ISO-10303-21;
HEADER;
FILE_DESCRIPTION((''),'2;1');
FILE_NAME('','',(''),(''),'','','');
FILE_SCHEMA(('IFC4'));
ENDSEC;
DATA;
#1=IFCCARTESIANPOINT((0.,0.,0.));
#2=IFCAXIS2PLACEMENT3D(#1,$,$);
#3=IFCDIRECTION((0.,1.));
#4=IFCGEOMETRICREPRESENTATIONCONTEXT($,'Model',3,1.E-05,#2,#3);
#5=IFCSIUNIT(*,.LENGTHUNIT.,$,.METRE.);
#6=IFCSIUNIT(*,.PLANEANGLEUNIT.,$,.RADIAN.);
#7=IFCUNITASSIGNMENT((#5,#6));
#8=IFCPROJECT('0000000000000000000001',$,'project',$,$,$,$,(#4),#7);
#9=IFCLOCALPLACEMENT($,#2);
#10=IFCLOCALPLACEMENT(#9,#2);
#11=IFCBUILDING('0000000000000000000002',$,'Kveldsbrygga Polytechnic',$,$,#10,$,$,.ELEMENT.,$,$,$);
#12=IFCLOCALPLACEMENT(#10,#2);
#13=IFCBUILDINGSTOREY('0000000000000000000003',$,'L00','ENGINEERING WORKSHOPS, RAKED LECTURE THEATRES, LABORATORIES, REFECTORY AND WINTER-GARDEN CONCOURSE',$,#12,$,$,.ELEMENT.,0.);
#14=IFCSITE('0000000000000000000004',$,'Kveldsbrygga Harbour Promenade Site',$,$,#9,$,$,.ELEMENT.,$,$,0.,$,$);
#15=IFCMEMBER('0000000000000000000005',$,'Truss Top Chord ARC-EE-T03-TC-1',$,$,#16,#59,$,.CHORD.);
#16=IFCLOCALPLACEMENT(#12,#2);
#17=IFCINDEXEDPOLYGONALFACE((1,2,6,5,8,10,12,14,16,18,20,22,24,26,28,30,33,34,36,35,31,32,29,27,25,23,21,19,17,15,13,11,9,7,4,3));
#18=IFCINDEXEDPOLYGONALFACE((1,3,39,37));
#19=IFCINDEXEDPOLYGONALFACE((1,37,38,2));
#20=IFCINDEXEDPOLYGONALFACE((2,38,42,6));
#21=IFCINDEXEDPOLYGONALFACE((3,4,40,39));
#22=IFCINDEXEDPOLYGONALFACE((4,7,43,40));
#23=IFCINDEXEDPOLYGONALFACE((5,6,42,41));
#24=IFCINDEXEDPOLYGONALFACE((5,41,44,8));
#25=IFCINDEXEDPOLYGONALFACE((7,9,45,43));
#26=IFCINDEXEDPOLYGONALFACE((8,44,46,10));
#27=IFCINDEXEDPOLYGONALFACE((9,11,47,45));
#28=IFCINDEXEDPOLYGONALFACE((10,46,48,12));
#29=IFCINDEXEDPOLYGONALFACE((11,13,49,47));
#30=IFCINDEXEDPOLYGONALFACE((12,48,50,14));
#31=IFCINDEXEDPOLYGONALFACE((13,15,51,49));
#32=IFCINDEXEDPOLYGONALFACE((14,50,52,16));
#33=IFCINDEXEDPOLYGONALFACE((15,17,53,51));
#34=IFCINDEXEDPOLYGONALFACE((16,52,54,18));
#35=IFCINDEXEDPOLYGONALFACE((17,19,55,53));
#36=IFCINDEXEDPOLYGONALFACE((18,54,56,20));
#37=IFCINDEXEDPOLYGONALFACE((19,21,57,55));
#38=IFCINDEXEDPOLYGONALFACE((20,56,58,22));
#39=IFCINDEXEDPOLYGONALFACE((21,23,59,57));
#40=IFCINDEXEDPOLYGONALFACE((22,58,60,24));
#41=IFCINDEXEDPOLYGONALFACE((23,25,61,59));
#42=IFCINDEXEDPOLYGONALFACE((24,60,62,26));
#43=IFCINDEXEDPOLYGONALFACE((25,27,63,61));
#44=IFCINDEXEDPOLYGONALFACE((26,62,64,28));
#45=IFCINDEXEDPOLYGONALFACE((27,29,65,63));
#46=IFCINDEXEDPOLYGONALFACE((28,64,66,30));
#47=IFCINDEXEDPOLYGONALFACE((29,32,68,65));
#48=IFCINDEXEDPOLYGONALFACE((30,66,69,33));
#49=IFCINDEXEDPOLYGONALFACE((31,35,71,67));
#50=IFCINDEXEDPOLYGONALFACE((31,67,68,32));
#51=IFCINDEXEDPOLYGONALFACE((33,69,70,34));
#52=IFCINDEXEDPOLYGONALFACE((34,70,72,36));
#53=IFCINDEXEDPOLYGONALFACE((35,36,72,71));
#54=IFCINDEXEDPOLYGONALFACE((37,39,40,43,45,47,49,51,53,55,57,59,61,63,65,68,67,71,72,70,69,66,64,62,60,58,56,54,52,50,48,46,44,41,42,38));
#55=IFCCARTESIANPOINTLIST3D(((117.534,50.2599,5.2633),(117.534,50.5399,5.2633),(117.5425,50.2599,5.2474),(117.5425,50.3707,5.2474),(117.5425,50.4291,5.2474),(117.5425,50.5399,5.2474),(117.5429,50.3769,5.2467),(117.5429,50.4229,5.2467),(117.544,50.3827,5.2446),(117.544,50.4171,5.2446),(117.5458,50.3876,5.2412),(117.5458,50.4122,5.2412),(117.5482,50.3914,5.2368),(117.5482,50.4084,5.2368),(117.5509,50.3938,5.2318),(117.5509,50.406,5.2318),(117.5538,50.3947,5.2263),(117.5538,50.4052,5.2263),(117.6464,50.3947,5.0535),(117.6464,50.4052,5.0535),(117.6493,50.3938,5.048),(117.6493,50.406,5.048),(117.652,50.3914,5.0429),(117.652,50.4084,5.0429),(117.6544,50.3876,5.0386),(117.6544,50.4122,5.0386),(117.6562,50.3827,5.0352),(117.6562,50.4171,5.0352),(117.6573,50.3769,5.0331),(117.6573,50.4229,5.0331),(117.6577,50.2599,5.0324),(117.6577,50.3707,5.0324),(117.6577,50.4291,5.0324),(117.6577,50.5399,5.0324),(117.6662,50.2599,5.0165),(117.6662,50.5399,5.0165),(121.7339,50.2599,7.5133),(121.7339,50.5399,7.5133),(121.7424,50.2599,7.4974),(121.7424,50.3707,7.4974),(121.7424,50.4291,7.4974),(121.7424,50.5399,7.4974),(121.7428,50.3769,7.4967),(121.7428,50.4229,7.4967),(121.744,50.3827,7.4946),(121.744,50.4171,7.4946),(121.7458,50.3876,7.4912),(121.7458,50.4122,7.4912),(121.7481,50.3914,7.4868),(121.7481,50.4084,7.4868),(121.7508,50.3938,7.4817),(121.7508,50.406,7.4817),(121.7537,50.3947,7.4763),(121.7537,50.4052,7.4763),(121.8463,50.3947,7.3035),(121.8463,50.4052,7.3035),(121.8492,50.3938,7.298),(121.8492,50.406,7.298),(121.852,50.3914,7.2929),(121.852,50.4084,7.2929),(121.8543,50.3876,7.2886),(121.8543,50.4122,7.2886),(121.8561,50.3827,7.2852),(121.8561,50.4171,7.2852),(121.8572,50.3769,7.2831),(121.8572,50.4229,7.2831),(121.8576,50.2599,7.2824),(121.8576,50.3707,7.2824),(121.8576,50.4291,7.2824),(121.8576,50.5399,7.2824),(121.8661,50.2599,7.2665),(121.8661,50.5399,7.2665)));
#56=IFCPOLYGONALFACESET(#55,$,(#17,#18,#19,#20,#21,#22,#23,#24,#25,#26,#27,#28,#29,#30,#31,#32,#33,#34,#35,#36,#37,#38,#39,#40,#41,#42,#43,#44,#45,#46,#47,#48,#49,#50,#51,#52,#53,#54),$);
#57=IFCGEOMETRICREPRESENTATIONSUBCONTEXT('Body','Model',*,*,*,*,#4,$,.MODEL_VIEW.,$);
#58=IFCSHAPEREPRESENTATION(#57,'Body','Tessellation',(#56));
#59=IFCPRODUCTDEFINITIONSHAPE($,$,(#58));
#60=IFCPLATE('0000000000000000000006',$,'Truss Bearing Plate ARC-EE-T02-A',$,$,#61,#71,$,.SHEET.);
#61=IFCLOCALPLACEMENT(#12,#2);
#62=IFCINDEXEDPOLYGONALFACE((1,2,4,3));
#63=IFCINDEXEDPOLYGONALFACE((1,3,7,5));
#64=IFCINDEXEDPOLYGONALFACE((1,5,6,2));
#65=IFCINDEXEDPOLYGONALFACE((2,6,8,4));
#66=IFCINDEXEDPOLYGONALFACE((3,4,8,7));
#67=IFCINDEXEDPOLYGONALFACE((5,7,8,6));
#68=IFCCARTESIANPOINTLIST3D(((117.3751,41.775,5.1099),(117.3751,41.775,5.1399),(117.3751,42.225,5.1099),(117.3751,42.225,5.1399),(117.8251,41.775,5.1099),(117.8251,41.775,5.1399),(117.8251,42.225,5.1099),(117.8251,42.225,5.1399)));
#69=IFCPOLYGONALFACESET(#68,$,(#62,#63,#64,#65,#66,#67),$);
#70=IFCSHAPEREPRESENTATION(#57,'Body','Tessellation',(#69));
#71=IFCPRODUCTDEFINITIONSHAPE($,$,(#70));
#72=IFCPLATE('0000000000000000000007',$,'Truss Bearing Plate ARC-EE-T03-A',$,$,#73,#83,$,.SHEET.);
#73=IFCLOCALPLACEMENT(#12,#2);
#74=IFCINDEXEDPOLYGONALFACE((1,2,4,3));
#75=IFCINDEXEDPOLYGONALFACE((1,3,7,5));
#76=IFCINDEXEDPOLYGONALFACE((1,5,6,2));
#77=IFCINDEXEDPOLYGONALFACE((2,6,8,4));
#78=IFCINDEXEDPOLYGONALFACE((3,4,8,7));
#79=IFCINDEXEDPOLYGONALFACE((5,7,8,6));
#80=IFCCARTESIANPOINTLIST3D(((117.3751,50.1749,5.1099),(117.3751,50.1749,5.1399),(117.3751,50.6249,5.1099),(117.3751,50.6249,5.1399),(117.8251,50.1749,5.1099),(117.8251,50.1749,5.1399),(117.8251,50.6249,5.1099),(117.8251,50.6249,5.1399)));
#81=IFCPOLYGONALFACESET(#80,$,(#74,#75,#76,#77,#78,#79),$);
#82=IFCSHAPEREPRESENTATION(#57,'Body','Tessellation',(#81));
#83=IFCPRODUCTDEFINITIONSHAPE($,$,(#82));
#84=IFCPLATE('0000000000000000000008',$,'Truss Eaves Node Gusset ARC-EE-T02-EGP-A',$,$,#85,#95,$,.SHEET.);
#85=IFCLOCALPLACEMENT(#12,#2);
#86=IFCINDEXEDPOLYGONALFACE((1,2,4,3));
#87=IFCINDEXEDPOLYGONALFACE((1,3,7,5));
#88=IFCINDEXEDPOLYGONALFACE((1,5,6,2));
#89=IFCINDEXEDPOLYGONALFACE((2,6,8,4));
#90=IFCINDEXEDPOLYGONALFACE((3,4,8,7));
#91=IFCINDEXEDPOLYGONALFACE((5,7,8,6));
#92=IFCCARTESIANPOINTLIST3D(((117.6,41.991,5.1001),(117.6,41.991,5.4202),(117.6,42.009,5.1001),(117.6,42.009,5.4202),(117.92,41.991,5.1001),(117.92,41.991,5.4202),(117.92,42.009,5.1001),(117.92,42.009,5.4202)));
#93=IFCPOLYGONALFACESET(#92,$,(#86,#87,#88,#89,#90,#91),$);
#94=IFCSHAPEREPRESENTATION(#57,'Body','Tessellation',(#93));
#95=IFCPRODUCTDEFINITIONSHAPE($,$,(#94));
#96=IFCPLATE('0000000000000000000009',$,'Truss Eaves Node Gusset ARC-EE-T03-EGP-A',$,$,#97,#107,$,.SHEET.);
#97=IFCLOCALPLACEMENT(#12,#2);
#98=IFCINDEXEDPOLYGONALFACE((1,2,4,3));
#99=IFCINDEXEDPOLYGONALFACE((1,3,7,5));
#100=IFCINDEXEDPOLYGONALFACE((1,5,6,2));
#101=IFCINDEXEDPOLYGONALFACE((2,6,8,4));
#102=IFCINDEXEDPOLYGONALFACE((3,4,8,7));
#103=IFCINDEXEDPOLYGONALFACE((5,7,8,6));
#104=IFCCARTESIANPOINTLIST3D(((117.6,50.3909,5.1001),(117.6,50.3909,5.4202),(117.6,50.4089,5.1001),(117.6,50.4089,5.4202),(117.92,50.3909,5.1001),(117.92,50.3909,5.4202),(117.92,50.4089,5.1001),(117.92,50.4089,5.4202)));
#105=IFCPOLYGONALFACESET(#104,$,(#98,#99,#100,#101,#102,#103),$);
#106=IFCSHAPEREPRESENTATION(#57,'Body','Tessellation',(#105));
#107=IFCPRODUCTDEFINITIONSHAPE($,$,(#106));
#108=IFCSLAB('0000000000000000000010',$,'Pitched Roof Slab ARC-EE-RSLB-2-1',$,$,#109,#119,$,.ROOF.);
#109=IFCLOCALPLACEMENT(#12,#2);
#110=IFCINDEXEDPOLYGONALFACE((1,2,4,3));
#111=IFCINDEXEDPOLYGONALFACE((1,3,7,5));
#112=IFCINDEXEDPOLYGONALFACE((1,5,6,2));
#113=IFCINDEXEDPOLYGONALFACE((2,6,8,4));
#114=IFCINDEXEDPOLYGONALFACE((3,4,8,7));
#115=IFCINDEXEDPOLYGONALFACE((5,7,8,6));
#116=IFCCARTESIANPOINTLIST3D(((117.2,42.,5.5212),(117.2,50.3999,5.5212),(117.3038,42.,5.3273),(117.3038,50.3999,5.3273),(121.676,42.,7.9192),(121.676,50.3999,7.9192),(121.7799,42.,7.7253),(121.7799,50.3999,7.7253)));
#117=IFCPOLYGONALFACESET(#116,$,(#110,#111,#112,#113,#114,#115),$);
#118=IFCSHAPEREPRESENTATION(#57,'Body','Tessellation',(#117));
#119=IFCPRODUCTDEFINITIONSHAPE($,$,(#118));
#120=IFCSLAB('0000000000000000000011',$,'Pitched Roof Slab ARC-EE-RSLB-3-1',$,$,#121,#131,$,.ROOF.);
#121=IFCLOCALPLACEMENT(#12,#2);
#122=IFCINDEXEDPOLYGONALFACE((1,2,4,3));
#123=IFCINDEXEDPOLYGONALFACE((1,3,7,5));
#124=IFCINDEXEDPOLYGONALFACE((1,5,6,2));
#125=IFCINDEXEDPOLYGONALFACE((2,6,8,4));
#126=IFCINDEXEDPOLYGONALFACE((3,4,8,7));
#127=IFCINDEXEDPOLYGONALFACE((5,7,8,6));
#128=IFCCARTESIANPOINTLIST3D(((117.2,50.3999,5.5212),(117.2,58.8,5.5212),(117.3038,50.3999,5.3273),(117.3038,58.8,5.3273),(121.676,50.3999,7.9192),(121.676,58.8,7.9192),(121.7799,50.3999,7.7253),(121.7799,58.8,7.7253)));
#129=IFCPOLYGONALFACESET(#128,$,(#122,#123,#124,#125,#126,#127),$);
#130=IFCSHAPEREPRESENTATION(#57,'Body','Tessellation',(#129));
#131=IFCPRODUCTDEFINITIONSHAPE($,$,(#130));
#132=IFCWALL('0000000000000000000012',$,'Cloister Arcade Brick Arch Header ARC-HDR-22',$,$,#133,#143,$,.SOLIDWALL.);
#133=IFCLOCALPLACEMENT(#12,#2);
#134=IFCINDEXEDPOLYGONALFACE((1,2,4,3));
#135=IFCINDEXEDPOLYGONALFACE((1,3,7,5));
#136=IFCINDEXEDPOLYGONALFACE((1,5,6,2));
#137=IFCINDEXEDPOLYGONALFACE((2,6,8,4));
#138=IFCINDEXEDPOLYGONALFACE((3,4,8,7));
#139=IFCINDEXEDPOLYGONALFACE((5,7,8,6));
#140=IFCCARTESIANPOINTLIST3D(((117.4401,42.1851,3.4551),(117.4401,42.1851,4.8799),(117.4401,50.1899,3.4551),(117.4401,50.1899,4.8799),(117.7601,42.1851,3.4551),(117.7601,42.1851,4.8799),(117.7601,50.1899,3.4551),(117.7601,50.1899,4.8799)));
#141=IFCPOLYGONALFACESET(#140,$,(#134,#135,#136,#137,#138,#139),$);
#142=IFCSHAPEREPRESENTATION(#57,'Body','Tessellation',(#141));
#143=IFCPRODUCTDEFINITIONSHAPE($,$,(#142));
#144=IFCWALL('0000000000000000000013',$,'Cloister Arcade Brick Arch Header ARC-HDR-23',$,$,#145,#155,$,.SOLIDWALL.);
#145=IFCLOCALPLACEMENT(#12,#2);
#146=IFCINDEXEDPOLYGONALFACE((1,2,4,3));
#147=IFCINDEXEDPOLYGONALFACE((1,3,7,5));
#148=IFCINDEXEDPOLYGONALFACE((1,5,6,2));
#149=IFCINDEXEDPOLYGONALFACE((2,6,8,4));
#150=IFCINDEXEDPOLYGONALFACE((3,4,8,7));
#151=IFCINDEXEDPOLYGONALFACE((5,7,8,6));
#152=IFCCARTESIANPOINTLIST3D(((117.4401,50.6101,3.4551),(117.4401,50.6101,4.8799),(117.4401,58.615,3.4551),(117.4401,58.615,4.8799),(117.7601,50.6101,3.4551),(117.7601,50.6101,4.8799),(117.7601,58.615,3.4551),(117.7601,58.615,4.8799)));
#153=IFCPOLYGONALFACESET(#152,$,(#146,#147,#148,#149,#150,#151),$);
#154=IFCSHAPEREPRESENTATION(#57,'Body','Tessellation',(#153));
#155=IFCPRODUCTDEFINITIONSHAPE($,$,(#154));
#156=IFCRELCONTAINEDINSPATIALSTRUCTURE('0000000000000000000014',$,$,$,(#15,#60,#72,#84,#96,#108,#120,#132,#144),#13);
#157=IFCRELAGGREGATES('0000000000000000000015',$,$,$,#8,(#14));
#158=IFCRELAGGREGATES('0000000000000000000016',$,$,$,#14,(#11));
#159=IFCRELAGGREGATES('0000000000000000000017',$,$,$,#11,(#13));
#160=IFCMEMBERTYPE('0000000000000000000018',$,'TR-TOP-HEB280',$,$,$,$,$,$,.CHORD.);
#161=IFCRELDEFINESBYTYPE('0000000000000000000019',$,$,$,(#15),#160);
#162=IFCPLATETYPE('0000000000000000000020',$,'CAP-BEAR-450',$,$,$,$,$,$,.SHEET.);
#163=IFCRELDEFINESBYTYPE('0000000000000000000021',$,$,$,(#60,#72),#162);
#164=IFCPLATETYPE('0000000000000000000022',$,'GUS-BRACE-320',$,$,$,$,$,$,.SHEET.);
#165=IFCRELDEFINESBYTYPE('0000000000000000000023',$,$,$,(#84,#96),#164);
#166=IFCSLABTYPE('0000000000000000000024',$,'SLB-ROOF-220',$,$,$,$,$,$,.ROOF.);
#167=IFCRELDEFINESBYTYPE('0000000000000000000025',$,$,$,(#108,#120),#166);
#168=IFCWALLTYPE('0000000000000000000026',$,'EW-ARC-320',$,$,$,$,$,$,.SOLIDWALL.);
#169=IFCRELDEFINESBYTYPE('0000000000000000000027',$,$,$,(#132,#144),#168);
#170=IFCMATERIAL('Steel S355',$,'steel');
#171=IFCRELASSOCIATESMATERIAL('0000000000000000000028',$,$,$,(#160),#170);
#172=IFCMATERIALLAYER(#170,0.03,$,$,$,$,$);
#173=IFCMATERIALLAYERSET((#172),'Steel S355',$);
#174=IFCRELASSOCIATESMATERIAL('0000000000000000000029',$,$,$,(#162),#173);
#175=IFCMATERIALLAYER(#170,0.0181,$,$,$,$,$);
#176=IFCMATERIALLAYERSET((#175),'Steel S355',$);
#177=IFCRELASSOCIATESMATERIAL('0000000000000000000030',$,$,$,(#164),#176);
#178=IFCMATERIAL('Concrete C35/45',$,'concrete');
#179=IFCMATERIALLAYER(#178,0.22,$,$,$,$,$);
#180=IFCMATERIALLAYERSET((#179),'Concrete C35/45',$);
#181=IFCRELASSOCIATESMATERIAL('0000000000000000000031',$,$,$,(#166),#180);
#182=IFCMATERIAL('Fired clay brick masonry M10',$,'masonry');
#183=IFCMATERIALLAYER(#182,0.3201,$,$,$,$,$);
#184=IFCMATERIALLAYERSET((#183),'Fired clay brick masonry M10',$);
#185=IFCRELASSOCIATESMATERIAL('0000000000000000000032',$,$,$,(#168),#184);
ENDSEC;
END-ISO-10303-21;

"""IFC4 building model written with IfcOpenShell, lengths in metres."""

from ifc_helpers import new_model, si_unit, direction, frame, frame_2d, origin, origin_2d, place, context, subcontext, project, spatial, polyline, rectangle, i_section, outline, extrude, material, layer, layer_set, material_profile, profile_set, type_object, element, save


model = new_model("IFC4")

# Units and contexts
model_context = context("Model", 3, precision=1e-05, world=origin(), true_north=direction((0.0, 1.0)))
body_context = subcontext(model_context, "Body", "Model", "MODEL_VIEW")
ifc_project = project(units=[si_unit("LENGTHUNIT", "METRE"), si_unit("PLANEANGLEUNIT", "RADIAN")], contexts=[model_context])

# Site, building, storey
site_placement = place(None, origin())
site = spatial("IfcSite", under=ifc_project, at=site_placement, Name="Kveldsbrygga Harbour Promenade Site", CompositionType="ELEMENT", RefElevation=0.0)
building_placement = place(site_placement, origin())
building = spatial("IfcBuilding", under=site, at=building_placement, Name="Kveldsbrygga Polytechnic", CompositionType="ELEMENT")
storey_placement = place(building_placement, origin())
storey = spatial("IfcBuildingStorey", under=building, at=storey_placement, Name="L00", Description="ENGINEERING WORKSHOPS, RAKED LECTURE THEATRES, LABORATORIES, REFECTORY AND WINTER-GARDEN CONCOURSE", CompositionType="ELEMENT", Elevation=0.0)

# Shared definitions
ifc_material_1 = material(Name="Concrete C35/45", Category="concrete")

# Member
ifc_material_2 = material(Name="Steel S355", Category="steel")
ifc_material_profile_1 = material_profile(ifc_material_2, i_section(OverallWidth=0.28, OverallDepth=0.28, WebThickness=0.0105, FlangeThickness=0.0181, FilletRadius=0.0239, at=origin_2d()), Name="HEB 280")
ifc_profile_set_1 = profile_set([ifc_material_profile_1], Name="Steel S355")
member_type_1 = type_object("IfcMemberType", Name="TR-TOP-HEB280", PredefinedType="CHORD", material=ifc_profile_set_1)
for number, where, z_axis, x_axis, name in (
    (1, (117.6001, 50.3999, 5.1399), (0.881478, 0.0, 0.472226), (0.0, 1.0, 0.0), "Truss Top Chord ARC-EE-T03-TC-1"),
):
    element("IfcMember", number, at=place(storey_placement, frame(where, z_axis=z_axis, x_axis=x_axis)), inside=storey, type_object=member_type_1, Name=name, PredefinedType="CHORD", context=body_context, shape_type="SweptSolid", body=[
        extrude(i_section(OverallWidth=0.28, OverallDepth=0.28, WebThickness=0.0105, FlangeThickness=0.0181, FilletRadius=0.0239, at=origin_2d()), origin(), (0.0, 0.0, 1.0), 4.7646),
    ])

# Plates
ifc_layer_1 = layer(ifc_material_2, 0.03)
ifc_layer_set_1 = layer_set([ifc_layer_1], Name="Steel S355")
plate_type_1 = type_object("IfcPlateType", Name="CAP-BEAR-450", PredefinedType="SHEET", material=ifc_layer_set_1)
for number, where, z_axis, x_axis, name in (
    (2, (117.6001, 42.0, 5.1099), (0.0, 0.0, 1.0), (1.0, 0.0, 0.0), "Truss Bearing Plate ARC-EE-T02-A"),
    (3, (117.6001, 50.3999, 5.1099), (0.0, 0.0, 1.0), (1.0, 0.0, 0.0), "Truss Bearing Plate ARC-EE-T03-A"),
):
    element("IfcPlate", number, at=place(storey_placement, frame(where, z_axis=z_axis, x_axis=x_axis)), inside=storey, type_object=plate_type_1, Name=name, PredefinedType="SHEET", context=body_context, shape_type="SweptSolid", body=[
        extrude(rectangle(XDim=0.45, YDim=0.45, at=origin_2d()), origin(), (0.0, 0.0, 1.0), 0.03),
    ])
ifc_layer_2 = layer(ifc_material_2, 0.0181)
ifc_layer_set_2 = layer_set([ifc_layer_2], Name="Steel S355")
plate_type_2 = type_object("IfcPlateType", Name="GUS-BRACE-320", PredefinedType="SHEET", material=ifc_layer_set_2)
for number, where, z_axis, x_axis, name in (
    (4, (117.76, 42.0, 5.1001), (0.0, 0.0, 1.0), (1.0, 0.0, 0.0), "Truss Eaves Node Gusset ARC-EE-T02-EGP-A"),
    (5, (117.76, 50.3999, 5.1001), (0.0, 0.0, 1.0), (1.0, 0.0, 0.0), "Truss Eaves Node Gusset ARC-EE-T03-EGP-A"),
):
    element("IfcPlate", number, at=place(storey_placement, frame(where, z_axis=z_axis, x_axis=x_axis)), inside=storey, type_object=plate_type_2, Name=name, PredefinedType="SHEET", context=body_context, shape_type="SweptSolid", body=[
        extrude(rectangle(XDim=0.3201, YDim=0.0181, at=origin_2d()), origin(), (0.0, 0.0, 1.0), 0.3201),
    ])

# Slabs
ifc_layer_3 = layer(ifc_material_1, 0.22)
ifc_layer_set_3 = layer_set([ifc_layer_3], Name="Concrete C35/45")
slab_type = type_object("IfcSlabType", Name="SLB-ROOF-220", PredefinedType="ROOF", material=ifc_layer_set_3)
slab_1_placement = place(storey_placement, frame((117.2, 42.0, 5.5212), z_axis=(-0.472229, 0.0, 0.881476), x_axis=(0.881476, 0.0, 0.472229)))
element("IfcSlab", 6, at=slab_1_placement, inside=storey, type_object=slab_type, Name="Pitched Roof Slab ARC-EE-RSLB-2-1", PredefinedType="ROOF", context=body_context, shape_type="SweptSolid", body=[
    extrude(outline(polyline([(0.0, 0.0), (5.0779, 0.0), (5.0779, 8.3999), (0.0, 8.3999), (0.0, 0.0)])), origin(), (0.0, 0.0, -1.0), 0.22),
])
slab_2_placement = place(storey_placement, frame((117.2, 50.3999, 5.5212), z_axis=(-0.472229, 0.0, 0.881476), x_axis=(0.881476, 0.0, 0.472229)))
element("IfcSlab", 7, at=slab_2_placement, inside=storey, type_object=slab_type, Name="Pitched Roof Slab ARC-EE-RSLB-3-1", PredefinedType="ROOF", context=body_context, shape_type="SweptSolid", body=[
    extrude(outline(polyline([(0.0, 0.0), (5.0779, 0.0), (5.0779, 8.4001), (0.0, 8.4001), (0.0, 0.0)])), origin(), (0.0, 0.0, -1.0), 0.22),
])

# Walls
ifc_material_3 = material(Name="Fired clay brick masonry M10", Category="masonry")
ifc_layer_4 = layer(ifc_material_3, 0.3201)
ifc_layer_set_4 = layer_set([ifc_layer_4], Name="Fired clay brick masonry M10")
wall_type = type_object("IfcWallType", Name="EW-ARC-320", PredefinedType="SOLIDWALL", material=ifc_layer_set_4)
for number, where, z_axis, x_axis, name in (
    (8, (117.6001, 42.1851, 3.4551), (0.0, 0.0, 1.0), (0.0, 1.0, 0.0), "Cloister Arcade Brick Arch Header ARC-HDR-22"),
    (9, (117.6001, 50.6101, 3.4551), (0.0, 0.0, 1.0), (0.0, 1.0, 0.0), "Cloister Arcade Brick Arch Header ARC-HDR-23"),
):
    element("IfcWall", number, at=place(storey_placement, frame(where, z_axis=z_axis, x_axis=x_axis)), inside=storey, type_object=wall_type, Name=name, PredefinedType="SOLIDWALL", context=body_context, shape_type="SweptSolid", body=[
        extrude(rectangle(XDim=8.0049, YDim=0.3201, at=frame_2d((4.0024, 0.0))), origin(), (0.0, 0.0, 1.0), 1.4248),
    ])

save(model, "model.ifc")
